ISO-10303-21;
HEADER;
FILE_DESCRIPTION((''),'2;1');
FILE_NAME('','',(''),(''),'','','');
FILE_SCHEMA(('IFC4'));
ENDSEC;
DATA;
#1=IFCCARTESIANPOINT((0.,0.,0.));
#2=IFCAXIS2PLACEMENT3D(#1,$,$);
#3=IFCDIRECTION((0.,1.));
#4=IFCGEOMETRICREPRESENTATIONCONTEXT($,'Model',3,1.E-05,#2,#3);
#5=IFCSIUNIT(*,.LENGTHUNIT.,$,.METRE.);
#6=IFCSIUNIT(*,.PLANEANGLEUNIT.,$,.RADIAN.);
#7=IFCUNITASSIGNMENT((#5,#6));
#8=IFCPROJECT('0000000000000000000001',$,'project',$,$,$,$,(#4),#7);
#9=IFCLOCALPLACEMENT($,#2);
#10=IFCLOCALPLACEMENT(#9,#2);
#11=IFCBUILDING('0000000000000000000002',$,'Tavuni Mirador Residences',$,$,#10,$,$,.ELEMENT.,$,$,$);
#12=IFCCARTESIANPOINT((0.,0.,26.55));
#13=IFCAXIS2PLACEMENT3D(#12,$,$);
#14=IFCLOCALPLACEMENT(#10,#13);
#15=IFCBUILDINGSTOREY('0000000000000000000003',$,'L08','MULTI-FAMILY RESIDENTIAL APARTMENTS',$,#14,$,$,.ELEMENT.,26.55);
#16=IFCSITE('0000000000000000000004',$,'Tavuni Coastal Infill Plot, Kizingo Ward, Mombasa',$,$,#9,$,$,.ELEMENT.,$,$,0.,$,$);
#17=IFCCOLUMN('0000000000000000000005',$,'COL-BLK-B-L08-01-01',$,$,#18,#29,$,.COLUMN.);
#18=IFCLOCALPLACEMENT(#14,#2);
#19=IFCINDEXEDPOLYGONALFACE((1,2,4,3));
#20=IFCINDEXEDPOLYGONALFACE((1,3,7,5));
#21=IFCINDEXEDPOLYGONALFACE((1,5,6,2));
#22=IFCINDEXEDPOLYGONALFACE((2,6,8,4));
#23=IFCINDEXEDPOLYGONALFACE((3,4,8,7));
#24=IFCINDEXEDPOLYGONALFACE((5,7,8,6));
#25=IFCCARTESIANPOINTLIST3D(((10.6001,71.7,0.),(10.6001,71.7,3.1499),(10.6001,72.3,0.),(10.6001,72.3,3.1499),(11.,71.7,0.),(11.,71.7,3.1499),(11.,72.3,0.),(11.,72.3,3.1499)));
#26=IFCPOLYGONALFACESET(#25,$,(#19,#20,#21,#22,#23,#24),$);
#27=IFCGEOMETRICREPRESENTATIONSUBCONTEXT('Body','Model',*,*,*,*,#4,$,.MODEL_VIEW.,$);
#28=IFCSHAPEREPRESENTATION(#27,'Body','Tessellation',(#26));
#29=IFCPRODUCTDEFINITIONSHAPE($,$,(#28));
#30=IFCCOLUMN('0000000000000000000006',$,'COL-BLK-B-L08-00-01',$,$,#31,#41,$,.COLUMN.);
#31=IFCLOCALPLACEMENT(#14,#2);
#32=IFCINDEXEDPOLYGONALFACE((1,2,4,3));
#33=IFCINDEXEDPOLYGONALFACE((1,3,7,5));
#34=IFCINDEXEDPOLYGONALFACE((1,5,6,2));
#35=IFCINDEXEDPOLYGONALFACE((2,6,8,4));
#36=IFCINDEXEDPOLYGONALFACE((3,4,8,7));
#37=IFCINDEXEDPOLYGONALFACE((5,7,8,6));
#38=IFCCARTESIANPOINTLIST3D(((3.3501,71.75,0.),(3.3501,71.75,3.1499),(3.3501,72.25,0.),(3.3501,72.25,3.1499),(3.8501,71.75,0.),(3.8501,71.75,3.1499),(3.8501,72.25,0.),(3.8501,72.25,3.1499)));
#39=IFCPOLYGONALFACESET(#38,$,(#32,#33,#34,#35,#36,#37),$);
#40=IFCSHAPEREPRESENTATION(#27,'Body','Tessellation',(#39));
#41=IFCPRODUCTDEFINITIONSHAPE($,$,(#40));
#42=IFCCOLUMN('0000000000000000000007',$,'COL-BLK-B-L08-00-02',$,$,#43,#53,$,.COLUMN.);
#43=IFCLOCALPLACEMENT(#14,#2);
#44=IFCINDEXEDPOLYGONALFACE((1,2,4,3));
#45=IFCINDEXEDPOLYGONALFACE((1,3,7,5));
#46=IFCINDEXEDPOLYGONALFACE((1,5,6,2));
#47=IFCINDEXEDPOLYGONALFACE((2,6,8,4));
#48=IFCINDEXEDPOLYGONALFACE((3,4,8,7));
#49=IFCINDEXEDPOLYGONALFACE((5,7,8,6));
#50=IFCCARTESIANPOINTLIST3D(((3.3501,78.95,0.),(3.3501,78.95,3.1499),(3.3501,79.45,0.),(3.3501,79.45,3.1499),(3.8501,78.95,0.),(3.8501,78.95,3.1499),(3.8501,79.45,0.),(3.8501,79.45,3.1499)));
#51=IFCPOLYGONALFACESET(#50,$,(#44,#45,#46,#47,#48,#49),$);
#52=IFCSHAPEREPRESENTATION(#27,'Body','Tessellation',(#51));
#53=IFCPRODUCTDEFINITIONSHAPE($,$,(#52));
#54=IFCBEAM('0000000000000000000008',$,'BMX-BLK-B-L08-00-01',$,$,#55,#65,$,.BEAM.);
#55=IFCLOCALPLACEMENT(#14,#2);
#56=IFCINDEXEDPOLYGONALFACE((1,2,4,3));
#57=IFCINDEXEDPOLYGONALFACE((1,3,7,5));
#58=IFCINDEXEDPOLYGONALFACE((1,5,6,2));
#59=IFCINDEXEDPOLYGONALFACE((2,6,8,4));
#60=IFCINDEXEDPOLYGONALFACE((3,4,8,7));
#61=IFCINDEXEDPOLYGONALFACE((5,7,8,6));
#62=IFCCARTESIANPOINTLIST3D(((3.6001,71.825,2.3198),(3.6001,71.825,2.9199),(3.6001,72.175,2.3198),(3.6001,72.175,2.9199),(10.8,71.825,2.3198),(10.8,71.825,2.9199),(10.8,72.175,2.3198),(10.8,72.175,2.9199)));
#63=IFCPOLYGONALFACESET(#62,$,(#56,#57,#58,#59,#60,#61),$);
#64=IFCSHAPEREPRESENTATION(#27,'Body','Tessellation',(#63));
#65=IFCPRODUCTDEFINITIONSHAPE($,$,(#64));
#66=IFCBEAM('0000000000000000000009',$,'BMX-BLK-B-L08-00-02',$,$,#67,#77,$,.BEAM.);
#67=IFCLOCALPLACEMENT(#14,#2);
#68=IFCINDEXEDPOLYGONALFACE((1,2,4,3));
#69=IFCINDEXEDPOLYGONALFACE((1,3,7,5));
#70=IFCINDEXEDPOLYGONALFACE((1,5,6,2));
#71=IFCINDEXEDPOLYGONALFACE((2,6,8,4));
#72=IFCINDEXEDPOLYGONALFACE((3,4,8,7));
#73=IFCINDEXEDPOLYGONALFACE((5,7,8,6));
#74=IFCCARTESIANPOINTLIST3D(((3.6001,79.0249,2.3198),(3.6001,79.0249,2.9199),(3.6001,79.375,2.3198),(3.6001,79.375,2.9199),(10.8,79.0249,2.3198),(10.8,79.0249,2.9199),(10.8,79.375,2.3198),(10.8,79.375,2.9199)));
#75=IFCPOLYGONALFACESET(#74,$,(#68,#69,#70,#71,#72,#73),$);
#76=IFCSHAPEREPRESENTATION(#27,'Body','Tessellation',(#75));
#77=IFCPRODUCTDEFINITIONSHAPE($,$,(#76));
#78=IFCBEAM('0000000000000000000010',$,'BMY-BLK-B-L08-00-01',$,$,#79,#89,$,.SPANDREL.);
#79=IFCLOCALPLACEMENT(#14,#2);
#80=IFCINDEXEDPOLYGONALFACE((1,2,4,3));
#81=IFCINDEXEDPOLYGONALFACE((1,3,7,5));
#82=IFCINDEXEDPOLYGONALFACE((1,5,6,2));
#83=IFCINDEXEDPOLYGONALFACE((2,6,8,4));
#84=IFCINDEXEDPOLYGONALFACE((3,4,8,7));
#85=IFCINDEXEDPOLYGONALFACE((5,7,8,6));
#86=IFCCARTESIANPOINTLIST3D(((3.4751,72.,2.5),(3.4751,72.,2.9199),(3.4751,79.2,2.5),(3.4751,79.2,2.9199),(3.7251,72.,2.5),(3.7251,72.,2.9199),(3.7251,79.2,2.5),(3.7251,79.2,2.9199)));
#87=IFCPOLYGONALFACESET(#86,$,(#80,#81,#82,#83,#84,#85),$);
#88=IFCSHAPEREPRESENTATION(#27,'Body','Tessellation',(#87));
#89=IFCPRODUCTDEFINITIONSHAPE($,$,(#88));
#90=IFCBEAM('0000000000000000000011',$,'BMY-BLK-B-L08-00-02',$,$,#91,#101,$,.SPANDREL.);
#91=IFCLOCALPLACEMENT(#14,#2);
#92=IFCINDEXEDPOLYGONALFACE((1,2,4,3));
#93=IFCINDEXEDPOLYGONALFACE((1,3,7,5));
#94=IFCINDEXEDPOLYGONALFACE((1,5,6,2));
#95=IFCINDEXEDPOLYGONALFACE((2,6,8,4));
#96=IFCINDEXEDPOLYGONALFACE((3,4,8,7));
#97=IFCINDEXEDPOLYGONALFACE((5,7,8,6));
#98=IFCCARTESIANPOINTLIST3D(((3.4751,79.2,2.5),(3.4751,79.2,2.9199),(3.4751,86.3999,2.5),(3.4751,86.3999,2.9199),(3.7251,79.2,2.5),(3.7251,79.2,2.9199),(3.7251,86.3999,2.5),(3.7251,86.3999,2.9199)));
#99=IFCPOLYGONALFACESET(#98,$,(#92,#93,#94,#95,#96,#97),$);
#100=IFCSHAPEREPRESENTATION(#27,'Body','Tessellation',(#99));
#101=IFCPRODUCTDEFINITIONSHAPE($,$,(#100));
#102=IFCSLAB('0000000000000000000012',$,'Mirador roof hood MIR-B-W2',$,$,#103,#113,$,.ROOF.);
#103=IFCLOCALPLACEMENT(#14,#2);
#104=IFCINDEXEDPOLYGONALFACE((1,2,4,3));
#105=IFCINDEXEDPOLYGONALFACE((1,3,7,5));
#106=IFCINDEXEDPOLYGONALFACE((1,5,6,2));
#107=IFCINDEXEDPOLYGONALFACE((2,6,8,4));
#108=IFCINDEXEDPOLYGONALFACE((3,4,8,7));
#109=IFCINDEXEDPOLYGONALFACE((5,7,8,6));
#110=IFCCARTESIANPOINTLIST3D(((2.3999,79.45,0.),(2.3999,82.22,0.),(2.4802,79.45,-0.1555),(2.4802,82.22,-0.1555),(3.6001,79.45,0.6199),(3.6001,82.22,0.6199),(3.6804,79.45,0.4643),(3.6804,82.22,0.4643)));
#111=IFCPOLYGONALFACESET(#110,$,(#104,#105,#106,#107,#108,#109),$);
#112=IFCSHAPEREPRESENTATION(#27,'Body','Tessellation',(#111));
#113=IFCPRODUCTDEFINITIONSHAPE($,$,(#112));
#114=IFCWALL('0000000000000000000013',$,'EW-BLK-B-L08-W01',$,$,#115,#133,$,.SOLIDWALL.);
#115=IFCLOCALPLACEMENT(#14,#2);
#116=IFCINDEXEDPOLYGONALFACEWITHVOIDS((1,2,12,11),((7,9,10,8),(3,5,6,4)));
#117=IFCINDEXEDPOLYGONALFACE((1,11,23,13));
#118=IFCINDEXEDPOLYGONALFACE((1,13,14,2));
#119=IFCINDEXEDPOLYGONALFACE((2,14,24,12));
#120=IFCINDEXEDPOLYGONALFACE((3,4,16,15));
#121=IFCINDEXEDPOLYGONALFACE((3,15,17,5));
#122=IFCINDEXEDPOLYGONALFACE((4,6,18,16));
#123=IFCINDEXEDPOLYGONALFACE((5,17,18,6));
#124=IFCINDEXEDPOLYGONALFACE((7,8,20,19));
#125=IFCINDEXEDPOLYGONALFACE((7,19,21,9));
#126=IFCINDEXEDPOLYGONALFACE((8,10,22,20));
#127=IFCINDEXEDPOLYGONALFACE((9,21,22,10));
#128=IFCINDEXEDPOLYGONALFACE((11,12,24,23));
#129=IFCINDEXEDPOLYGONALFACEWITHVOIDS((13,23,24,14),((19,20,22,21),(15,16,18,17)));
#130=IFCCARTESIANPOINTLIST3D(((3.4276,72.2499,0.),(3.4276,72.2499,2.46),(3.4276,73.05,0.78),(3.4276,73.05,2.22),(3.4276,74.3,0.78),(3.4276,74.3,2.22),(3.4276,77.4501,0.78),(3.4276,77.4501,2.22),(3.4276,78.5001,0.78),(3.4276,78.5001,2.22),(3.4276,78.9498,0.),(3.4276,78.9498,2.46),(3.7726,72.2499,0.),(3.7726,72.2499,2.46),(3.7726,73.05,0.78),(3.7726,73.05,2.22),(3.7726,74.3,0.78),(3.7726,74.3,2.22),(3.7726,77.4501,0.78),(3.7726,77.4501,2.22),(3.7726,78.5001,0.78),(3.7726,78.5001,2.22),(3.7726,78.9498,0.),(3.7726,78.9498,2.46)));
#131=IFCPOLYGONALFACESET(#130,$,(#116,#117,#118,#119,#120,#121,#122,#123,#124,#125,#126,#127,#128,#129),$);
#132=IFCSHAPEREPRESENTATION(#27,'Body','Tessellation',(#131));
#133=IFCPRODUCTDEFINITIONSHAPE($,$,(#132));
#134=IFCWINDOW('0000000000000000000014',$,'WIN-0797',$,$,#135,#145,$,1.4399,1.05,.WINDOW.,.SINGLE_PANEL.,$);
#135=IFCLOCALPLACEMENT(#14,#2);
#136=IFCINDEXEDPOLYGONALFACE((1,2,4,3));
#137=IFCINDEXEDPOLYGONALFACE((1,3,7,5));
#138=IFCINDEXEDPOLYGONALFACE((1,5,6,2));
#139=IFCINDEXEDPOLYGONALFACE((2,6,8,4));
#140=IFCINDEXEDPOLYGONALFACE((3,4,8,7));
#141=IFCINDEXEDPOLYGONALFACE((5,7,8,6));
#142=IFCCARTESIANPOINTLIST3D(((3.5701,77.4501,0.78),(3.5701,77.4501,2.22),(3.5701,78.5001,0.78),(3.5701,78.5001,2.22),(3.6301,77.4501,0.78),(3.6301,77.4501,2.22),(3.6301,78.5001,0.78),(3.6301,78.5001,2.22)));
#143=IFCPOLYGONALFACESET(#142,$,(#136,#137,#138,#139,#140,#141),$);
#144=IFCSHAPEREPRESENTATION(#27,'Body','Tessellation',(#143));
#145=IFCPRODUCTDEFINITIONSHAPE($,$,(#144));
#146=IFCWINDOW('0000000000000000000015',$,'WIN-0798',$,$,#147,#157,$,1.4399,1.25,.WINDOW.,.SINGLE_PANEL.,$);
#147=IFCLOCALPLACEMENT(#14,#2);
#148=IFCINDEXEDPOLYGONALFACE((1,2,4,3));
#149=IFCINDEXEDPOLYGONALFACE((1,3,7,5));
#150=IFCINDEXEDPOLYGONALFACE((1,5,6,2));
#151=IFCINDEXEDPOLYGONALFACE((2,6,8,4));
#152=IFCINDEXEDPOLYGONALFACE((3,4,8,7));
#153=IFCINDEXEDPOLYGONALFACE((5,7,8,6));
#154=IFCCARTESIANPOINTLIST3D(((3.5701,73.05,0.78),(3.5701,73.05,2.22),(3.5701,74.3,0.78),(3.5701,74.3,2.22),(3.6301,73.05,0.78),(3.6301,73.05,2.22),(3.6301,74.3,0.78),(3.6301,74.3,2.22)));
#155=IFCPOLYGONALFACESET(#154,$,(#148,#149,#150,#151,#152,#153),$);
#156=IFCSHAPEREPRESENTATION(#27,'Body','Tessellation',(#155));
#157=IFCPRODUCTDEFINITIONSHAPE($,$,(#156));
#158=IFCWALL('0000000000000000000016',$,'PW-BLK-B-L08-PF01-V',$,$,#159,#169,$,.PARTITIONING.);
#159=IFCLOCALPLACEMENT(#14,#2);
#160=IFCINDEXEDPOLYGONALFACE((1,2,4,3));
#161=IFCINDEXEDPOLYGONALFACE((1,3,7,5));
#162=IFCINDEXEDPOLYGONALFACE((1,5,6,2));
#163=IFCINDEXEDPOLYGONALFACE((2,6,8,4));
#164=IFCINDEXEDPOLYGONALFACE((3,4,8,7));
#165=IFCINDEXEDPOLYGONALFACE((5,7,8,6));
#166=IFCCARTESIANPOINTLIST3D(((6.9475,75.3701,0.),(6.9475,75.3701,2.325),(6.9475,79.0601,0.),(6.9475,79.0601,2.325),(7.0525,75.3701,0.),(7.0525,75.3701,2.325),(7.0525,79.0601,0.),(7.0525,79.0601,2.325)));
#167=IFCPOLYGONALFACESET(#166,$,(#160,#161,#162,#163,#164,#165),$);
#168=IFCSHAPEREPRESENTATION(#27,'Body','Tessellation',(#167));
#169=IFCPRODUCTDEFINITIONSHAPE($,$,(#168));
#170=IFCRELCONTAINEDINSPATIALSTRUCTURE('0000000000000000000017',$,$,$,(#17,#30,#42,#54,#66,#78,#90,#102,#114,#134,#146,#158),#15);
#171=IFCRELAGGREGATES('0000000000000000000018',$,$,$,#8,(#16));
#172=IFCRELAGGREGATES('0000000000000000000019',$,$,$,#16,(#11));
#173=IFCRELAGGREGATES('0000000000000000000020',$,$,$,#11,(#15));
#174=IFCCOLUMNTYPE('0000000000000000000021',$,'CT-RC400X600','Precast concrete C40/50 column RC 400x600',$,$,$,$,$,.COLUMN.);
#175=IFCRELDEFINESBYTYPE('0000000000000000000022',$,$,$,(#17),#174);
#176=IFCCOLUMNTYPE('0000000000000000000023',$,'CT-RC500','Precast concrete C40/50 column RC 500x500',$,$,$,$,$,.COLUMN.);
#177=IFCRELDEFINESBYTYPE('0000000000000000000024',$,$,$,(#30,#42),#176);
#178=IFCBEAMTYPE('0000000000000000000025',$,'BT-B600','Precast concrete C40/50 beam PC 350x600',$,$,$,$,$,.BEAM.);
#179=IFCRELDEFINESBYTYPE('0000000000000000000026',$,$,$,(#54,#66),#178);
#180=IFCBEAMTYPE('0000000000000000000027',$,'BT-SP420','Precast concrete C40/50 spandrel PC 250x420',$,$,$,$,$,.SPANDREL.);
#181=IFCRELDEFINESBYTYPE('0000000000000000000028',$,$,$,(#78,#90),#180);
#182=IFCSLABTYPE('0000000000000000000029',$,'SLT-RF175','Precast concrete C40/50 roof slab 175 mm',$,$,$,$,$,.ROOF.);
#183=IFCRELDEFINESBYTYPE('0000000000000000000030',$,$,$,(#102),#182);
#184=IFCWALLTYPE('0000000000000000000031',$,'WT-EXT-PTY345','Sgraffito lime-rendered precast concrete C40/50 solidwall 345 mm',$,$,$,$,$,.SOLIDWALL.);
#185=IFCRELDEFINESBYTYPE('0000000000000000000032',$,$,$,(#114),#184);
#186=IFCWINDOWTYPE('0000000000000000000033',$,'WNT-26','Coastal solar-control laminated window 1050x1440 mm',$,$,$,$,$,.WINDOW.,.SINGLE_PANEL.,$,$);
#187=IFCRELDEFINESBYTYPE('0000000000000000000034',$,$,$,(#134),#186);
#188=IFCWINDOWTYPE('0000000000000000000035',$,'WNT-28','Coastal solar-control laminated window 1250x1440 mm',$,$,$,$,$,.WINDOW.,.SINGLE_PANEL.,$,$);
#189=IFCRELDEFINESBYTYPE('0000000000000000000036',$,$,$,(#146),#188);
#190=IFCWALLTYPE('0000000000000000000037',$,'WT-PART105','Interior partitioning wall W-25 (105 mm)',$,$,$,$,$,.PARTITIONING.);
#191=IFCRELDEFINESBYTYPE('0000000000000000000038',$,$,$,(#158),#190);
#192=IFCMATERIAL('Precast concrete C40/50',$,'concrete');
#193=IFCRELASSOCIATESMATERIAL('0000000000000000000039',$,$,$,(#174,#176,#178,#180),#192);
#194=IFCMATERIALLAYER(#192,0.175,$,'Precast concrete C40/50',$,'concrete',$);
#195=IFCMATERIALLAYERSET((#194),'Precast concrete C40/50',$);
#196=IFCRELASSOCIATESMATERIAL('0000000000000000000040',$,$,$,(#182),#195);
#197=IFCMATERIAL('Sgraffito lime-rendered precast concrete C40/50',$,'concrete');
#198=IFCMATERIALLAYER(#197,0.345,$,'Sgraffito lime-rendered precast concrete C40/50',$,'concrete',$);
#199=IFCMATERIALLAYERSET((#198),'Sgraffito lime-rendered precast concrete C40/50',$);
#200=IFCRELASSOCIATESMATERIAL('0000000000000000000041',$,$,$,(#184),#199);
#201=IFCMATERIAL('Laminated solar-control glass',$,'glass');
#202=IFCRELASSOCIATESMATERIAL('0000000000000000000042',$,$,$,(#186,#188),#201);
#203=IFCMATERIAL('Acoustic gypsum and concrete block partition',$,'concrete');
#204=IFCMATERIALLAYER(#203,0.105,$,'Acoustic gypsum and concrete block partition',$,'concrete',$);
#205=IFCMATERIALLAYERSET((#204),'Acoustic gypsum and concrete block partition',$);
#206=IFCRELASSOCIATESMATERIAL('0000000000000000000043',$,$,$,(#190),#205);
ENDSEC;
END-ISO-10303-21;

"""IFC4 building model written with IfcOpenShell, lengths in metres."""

from ifc_helpers import new_model, si_unit, direction, frame, frame_2d, origin, origin_2d, place, context, subcontext, project, spatial, polyline, rectangle, outline, extrude, material, layer, layer_set, material_profile, profile_set, type_object, element, fill, save


model = new_model("IFC4")

# Units and contexts
model_context = context("Model", 3, precision=1e-05, world=origin(), true_north=direction((0.0, 1.0)))
body_context = subcontext(model_context, "Body", "Model", "MODEL_VIEW")
ifc_project = project(units=[si_unit("LENGTHUNIT", "METRE"), si_unit("PLANEANGLEUNIT", "RADIAN")], contexts=[model_context])

# Site, building, storey
site_placement = place(None, origin())
site = spatial("IfcSite", under=ifc_project, at=site_placement, Name="Tavuni Coastal Infill Plot, Kizingo Ward, Mombasa", CompositionType="ELEMENT", RefElevation=0.0)
building_placement = place(site_placement, origin())
building = spatial("IfcBuilding", under=site, at=building_placement, Name="Tavuni Mirador Residences", CompositionType="ELEMENT")
storey_placement = place(building_placement, frame((0.0, 0.0, 26.55)))
storey = spatial("IfcBuildingStorey", under=building, at=storey_placement, Name="L08", Description="MULTI-FAMILY RESIDENTIAL APARTMENTS", CompositionType="ELEMENT", Elevation=26.55)

# Columns
ifc_material_1 = material(Name="Precast concrete C40/50", Category="concrete")
ifc_material_profile_1 = material_profile(ifc_material_1, rectangle(XDim=0.3999, YDim=0.6001, at=origin_2d()), Name="RC 400x600", Category="concrete")
ifc_profile_set_1 = profile_set([ifc_material_profile_1], Name="Precast concrete C40/50")
column_type_1 = type_object("IfcColumnType", Name="CT-RC400X600", Description="Precast concrete C40/50 column RC 400x600", PredefinedType="COLUMN", material=ifc_profile_set_1)
column_placement = place(storey_placement, frame((10.8, 72.0, 0.0), z_axis=(0.0, 0.0, 1.0), x_axis=(1.0, 0.0, 0.0)))
element("IfcColumn", 1, at=column_placement, inside=storey, type_object=column_type_1, Name="COL-BLK-B-L08-01-01", PredefinedType="COLUMN", context=body_context, shape_type="SweptSolid", body=[
    extrude(rectangle(XDim=0.3999, YDim=0.6001, at=origin_2d()), origin(), (0.0, 0.0, 1.0), 3.1499),
])
ifc_material_profile_2 = material_profile(ifc_material_1, rectangle(XDim=0.5, YDim=0.5, at=origin_2d()), Name="RC 500x500", Category="concrete")
ifc_profile_set_2 = profile_set([ifc_material_profile_2], Name="Precast concrete C40/50")
column_type_2 = type_object("IfcColumnType", Name="CT-RC500", Description="Precast concrete C40/50 column RC 500x500", PredefinedType="COLUMN", material=ifc_profile_set_2)
for number, where, z_axis, x_axis, name in (
    (2, (3.6001, 72.0, 0.0), (0.0, 0.0, 1.0), (1.0, 0.0, 0.0), "COL-BLK-B-L08-00-01"),
    (3, (3.6001, 79.2, 0.0), (0.0, 0.0, 1.0), (1.0, 0.0, 0.0), "COL-BLK-B-L08-00-02"),
):
    element("IfcColumn", number, at=place(storey_placement, frame(where, z_axis=z_axis, x_axis=x_axis)), inside=storey, type_object=column_type_2, Name=name, PredefinedType="COLUMN", context=body_context, shape_type="SweptSolid", body=[
        extrude(rectangle(XDim=0.5, YDim=0.5, at=origin_2d()), origin(), (0.0, 0.0, 1.0), 3.1499),
    ])

# Beams
ifc_material_profile_3 = material_profile(ifc_material_1, rectangle(XDim=0.3501, YDim=0.6001, at=origin_2d()), Name="PC 350x600", Category="concrete")
ifc_profile_set_3 = profile_set([ifc_material_profile_3], Name="Precast concrete C40/50")
beam_type_1 = type_object("IfcBeamType", Name="BT-B600", Description="Precast concrete C40/50 beam PC 350x600", PredefinedType="BEAM", material=ifc_profile_set_3)
for number, where, z_axis, x_axis, name in (
    (4, (3.6001, 72.0, 2.6199), (1.0, 0.0, 0.0), (0.0, 1.0, 0.0), "BMX-BLK-B-L08-00-01"),
    (5, (3.6001, 79.2, 2.6199), (1.0, 0.0, 0.0), (0.0, 1.0, 0.0), "BMX-BLK-B-L08-00-02"),
):
    element("IfcBeam", number, at=place(storey_placement, frame(where, z_axis=z_axis, x_axis=x_axis)), inside=storey, type_object=beam_type_1, Name=name, PredefinedType="BEAM", context=body_context, shape_type="SweptSolid", body=[
        extrude(rectangle(XDim=0.3501, YDim=0.6001, at=origin_2d()), origin(), (0.0, 0.0, 1.0), 7.2),
    ])
ifc_material_profile_4 = material_profile(ifc_material_1, rectangle(XDim=0.25, YDim=0.4199, at=origin_2d()), Name="PC 250x420", Category="concrete")
ifc_profile_set_4 = profile_set([ifc_material_profile_4], Name="Precast concrete C40/50")
beam_type_2 = type_object("IfcBeamType", Name="BT-SP420", Description="Precast concrete C40/50 spandrel PC 250x420", PredefinedType="SPANDREL", material=ifc_profile_set_4)
for number, where, z_axis, x_axis, name in (
    (6, (3.6001, 72.0, 2.71), (0.0, 1.0, 0.0), (-1.0, 0.0, 0.0), "BMY-BLK-B-L08-00-01"),
    (7, (3.6001, 79.2, 2.71), (0.0, 1.0, 0.0), (-1.0, 0.0, 0.0), "BMY-BLK-B-L08-00-02"),
):
    element("IfcBeam", number, at=place(storey_placement, frame(where, z_axis=z_axis, x_axis=x_axis)), inside=storey, type_object=beam_type_2, Name=name, PredefinedType="SPANDREL", context=body_context, shape_type="SweptSolid", body=[
        extrude(rectangle(XDim=0.25, YDim=0.4199, at=origin_2d()), origin(), (0.0, 0.0, 1.0), 7.2),
    ])

# Slab
ifc_layer_1 = layer(ifc_material_1, 0.175, Name="Precast concrete C40/50", Category="concrete")
ifc_layer_set_1 = layer_set([ifc_layer_1], Name="Precast concrete C40/50")
slab_type = type_object("IfcSlabType", Name="SLT-RF175", Description="Precast concrete C40/50 roof slab 175 mm", PredefinedType="ROOF", material=ifc_layer_set_1)
slab_placement = place(storey_placement, frame((3.6001, 79.45, 0.6199), z_axis=(-0.458887, 0.0, 0.888495), x_axis=(0.0, 1.0, 0.0)))
element("IfcSlab", 8, at=slab_placement, inside=storey, type_object=slab_type, Name="Mirador roof hood MIR-B-W2", PredefinedType="ROOF", context=body_context, shape_type="SweptSolid", body=[
    extrude(outline(polyline([(0.0, 0.0), (2.77, 0.0), (2.77, 1.3508), (0.0, 1.3508), (0.0, 0.0)])), origin(), (0.0, 0.0, -1.0), 0.175),
])

# Wall, openings, windows
ifc_material_2 = material(Name="Sgraffito lime-rendered precast concrete C40/50", Category="concrete")
ifc_layer_2 = layer(ifc_material_2, 0.345, Name="Sgraffito lime-rendered precast concrete C40/50", Category="concrete")
ifc_layer_set_2 = layer_set([ifc_layer_2], Name="Sgraffito lime-rendered precast concrete C40/50")
wall_type_1 = type_object("IfcWallType", Name="WT-EXT-PTY345", Description="Sgraffito lime-rendered precast concrete C40/50 solidwall 345 mm", PredefinedType="SOLIDWALL", material=ifc_layer_set_2)
wall_1_placement = place(storey_placement, frame((3.6001, 78.95, 0.0), z_axis=(0.0, 0.0, 1.0), x_axis=(0.0, -1.0, 0.0)))
wall_1 = element("IfcWall", 9, at=wall_1_placement, inside=storey, type_object=wall_type_1, Name="EW-BLK-B-L08-W01", PredefinedType="SOLIDWALL", context=body_context, shape_type="SweptSolid", body=[
    extrude(rectangle(XDim=6.7, YDim=0.345, at=frame_2d((3.3501, 0.0))), origin(), (0.0, 0.0, 1.0), 2.46),
])
opening_1_placement = place(wall_1_placement, frame((0.45, 0.0, 0.78)))
opening_1 = element("IfcOpeningElement", 10, at=opening_1_placement, cuts=wall_1, PredefinedType="OPENING", context=body_context, shape_type="SweptSolid", body=[
    extrude(rectangle(XDim=1.05, YDim=1.4399, at=frame_2d((0.5249, 0.72))), frame((0.0, 0.1826, 0.0), z_axis=(0.0, -1.0, 0.0), x_axis=(1.0, 0.0, 0.0)), (0.0, 0.0, 1.0), 0.365),
])
opening_2_placement = place(wall_1_placement, frame((4.6499, 0.0, 0.78)))
opening_2 = element("IfcOpeningElement", 11, at=opening_2_placement, cuts=wall_1, PredefinedType="OPENING", context=body_context, shape_type="SweptSolid", body=[
    extrude(rectangle(XDim=1.25, YDim=1.4399, at=frame_2d((0.625, 0.72))), frame((0.0, 0.1826, 0.0), z_axis=(0.0, -1.0, 0.0), x_axis=(1.0, 0.0, 0.0)), (0.0, 0.0, 1.0), 0.365),
])
ifc_material_3 = material(Name="Laminated solar-control glass", Category="glass")
window_type_1 = type_object("IfcWindowType", Name="WNT-26", Description="Coastal solar-control laminated window 1050x1440 mm", PartitioningType="SINGLE_PANEL", PredefinedType="WINDOW", material=ifc_material_3)
window_1_placement = place(opening_1_placement, origin())
window_1 = element("IfcWindow", 12, at=window_1_placement, inside=storey, type_object=window_type_1, Name="WIN-0797", OverallHeight=1.4399, OverallWidth=1.05, PartitioningType="SINGLE_PANEL", PredefinedType="WINDOW", context=body_context, shape_type="SweptSolid", body=[
    extrude(rectangle(XDim=1.05, YDim=1.4399, at=frame_2d((0.5249, 0.72))), frame((0.0, 0.03, 0.0), z_axis=(0.0, -1.0, 0.0), x_axis=(1.0, 0.0, 0.0)), (0.0, 0.0, 1.0), 0.0601),
])
fill(opening_1, window_1)
window_type_2 = type_object("IfcWindowType", Name="WNT-28", Description="Coastal solar-control laminated window 1250x1440 mm", PartitioningType="SINGLE_PANEL", PredefinedType="WINDOW", material=ifc_material_3)
window_2_placement = place(opening_2_placement, origin())
window_2 = element("IfcWindow", 13, at=window_2_placement, inside=storey, type_object=window_type_2, Name="WIN-0798", OverallHeight=1.4399, OverallWidth=1.25, PartitioningType="SINGLE_PANEL", PredefinedType="WINDOW", context=body_context, shape_type="SweptSolid", body=[
    extrude(rectangle(XDim=1.25, YDim=1.4399, at=frame_2d((0.625, 0.72))), frame((0.0, 0.03, 0.0), z_axis=(0.0, -1.0, 0.0), x_axis=(1.0, 0.0, 0.0)), (0.0, 0.0, 1.0), 0.0601),
])
fill(opening_2, window_2)

# Wall
ifc_material_4 = material(Name="Acoustic gypsum and concrete block partition", Category="concrete")
ifc_layer_3 = layer(ifc_material_4, 0.105, Name="Acoustic gypsum and concrete block partition", Category="concrete")
ifc_layer_set_3 = layer_set([ifc_layer_3], Name="Acoustic gypsum and concrete block partition")
wall_type_2 = type_object("IfcWallType", Name="WT-PART105", Description="Interior partitioning wall W-25 (105 mm)", PredefinedType="PARTITIONING", material=ifc_layer_set_3)
wall_2_placement = place(storey_placement, frame((7.0, 75.3701, 0.0), z_axis=(0.0, 0.0, 1.0), x_axis=(0.0, 1.0, 0.0)))
element("IfcWall", 14, at=wall_2_placement, inside=storey, type_object=wall_type_2, Name="PW-BLK-B-L08-PF01-V", PredefinedType="PARTITIONING", context=body_context, shape_type="SweptSolid", body=[
    extrude(rectangle(XDim=3.6899, YDim=0.105, at=frame_2d((1.845, 0.0))), origin(), (0.0, 0.0, 1.0), 2.325),
])

save(model, "model.ifc")
